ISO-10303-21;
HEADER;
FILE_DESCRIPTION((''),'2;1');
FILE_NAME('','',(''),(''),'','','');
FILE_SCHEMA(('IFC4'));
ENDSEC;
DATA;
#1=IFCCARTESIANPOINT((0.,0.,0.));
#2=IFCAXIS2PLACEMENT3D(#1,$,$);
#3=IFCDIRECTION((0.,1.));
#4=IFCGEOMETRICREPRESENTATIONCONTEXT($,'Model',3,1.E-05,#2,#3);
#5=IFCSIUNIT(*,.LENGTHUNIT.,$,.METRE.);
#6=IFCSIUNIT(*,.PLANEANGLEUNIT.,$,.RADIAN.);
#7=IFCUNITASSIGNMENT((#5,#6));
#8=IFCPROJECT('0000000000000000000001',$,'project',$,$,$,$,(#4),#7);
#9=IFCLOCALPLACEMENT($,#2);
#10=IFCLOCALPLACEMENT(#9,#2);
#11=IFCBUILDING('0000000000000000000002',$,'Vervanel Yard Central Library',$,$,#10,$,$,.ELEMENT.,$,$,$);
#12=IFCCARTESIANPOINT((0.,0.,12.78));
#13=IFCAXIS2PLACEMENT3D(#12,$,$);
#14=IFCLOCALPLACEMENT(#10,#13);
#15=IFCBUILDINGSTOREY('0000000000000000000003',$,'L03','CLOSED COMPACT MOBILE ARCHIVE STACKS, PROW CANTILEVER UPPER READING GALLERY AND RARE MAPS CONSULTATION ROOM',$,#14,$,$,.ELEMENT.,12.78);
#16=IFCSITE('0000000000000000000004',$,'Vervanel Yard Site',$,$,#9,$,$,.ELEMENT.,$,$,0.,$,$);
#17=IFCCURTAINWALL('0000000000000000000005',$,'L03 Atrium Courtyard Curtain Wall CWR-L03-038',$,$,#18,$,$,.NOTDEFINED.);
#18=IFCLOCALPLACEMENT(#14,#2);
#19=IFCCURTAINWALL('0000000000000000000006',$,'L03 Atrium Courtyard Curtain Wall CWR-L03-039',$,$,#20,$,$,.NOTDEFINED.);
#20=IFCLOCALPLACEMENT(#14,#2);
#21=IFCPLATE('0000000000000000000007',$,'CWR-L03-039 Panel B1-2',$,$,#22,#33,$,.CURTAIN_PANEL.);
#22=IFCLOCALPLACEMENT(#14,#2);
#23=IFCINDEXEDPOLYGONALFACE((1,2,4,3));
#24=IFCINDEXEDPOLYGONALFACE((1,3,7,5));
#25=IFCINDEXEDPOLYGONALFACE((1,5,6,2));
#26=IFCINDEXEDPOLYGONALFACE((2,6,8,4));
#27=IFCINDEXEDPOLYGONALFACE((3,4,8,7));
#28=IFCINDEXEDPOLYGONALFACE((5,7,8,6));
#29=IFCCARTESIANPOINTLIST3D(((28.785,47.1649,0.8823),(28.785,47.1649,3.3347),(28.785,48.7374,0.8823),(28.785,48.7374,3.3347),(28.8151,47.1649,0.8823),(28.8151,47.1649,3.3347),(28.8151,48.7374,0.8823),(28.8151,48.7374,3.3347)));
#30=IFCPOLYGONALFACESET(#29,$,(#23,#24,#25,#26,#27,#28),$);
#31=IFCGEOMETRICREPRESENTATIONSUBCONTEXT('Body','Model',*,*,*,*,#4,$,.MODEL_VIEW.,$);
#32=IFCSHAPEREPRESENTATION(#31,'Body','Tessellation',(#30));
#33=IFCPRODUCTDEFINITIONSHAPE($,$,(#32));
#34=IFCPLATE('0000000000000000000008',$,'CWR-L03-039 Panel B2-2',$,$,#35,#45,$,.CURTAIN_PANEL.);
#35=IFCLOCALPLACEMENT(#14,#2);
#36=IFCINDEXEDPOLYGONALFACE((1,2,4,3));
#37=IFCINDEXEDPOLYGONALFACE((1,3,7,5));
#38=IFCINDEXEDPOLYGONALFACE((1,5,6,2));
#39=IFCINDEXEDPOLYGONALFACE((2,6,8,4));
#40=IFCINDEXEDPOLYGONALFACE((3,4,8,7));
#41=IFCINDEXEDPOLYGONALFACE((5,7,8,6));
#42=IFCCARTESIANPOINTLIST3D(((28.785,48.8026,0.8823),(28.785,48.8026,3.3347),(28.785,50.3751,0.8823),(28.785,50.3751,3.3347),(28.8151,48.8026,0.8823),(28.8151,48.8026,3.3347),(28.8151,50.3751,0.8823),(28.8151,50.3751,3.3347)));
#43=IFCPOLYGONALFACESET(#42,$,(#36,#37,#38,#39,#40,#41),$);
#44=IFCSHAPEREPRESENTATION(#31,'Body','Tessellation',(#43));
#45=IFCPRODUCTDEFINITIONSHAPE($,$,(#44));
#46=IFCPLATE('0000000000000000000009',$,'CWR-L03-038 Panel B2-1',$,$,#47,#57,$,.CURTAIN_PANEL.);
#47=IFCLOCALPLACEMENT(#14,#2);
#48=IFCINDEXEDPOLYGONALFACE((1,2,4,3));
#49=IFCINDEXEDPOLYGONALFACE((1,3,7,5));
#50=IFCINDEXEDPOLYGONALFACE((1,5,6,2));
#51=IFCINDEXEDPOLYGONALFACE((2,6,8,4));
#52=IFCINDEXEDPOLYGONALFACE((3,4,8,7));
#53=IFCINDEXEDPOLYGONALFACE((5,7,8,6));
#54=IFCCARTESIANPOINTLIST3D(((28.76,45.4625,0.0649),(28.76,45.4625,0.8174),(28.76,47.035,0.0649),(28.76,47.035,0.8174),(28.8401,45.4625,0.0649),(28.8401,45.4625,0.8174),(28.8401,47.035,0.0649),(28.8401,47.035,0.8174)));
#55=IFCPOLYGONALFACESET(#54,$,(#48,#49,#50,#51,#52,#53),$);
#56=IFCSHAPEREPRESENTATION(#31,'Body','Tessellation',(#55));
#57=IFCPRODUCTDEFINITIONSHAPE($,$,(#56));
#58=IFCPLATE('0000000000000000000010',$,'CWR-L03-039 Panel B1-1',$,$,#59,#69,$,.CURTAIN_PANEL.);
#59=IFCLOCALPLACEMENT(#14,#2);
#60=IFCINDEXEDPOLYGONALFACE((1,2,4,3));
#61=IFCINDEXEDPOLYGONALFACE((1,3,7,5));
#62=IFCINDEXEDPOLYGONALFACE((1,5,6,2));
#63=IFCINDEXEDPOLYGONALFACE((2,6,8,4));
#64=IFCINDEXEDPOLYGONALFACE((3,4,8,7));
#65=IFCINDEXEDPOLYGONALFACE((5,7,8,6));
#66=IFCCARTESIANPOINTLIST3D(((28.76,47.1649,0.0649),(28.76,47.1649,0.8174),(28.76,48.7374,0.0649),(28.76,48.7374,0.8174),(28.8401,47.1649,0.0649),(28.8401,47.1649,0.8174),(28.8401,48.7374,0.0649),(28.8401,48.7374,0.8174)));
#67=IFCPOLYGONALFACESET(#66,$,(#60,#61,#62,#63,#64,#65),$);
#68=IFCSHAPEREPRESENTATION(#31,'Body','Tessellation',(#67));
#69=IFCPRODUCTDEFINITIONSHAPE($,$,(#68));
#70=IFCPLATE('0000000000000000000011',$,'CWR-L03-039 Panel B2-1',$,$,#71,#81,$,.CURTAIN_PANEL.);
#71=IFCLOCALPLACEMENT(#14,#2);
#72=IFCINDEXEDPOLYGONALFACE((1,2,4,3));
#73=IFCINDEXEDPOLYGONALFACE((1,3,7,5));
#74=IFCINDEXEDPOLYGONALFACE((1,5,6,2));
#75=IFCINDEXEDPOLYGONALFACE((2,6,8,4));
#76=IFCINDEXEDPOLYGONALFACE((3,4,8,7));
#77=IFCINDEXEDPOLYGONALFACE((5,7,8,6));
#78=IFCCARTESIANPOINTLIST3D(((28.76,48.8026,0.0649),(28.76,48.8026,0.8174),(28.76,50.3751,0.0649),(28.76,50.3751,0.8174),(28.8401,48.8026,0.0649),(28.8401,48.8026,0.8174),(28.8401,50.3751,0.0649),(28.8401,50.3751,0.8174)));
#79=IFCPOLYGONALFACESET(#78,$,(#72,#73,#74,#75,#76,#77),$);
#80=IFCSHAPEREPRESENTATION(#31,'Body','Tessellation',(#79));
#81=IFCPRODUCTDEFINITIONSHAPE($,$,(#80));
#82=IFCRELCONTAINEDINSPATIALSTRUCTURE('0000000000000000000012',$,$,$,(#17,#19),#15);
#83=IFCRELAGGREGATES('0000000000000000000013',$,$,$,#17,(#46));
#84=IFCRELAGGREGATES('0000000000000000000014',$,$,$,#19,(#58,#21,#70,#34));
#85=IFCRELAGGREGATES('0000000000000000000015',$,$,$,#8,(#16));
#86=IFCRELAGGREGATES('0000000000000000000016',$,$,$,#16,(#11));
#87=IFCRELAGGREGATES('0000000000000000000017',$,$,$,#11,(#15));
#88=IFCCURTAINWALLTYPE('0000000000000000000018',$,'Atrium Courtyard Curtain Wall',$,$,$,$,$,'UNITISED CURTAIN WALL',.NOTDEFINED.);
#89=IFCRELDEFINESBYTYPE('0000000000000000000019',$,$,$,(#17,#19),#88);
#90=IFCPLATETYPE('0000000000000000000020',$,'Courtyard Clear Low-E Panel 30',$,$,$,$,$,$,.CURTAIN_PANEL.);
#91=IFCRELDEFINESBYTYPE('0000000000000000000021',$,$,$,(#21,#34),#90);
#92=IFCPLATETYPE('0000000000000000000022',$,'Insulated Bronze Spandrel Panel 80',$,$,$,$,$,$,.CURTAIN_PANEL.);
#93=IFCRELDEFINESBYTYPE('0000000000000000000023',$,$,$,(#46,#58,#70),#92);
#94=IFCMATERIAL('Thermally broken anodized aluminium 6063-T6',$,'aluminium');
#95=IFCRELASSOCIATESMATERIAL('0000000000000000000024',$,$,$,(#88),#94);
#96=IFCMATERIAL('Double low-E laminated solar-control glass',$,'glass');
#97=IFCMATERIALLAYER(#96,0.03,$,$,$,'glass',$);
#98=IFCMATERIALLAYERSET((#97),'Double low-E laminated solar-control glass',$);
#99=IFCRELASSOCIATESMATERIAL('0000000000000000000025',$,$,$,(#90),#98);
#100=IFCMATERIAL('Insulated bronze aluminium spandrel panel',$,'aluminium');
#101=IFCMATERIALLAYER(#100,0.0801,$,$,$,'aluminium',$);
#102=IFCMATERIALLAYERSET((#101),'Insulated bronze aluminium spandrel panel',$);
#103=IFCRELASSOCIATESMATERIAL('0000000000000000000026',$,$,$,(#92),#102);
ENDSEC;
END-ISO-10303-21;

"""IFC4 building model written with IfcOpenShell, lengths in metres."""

from ifc_helpers import new_model, si_unit, direction, frame, origin, origin_2d, place, context, subcontext, project, spatial, rectangle, extrude, material, layer, layer_set, type_object, element, aggregate, save


model = new_model("IFC4")

# Units and contexts
model_context = context("Model", 3, precision=1e-05, world=origin(), true_north=direction((0.0, 1.0)))
body_context = subcontext(model_context, "Body", "Model", "MODEL_VIEW")
ifc_project = project(units=[si_unit("LENGTHUNIT", "METRE"), si_unit("PLANEANGLEUNIT", "RADIAN")], contexts=[model_context])

# Site, building, storey
site_placement = place(None, origin())
site = spatial("IfcSite", under=ifc_project, at=site_placement, Name="Vervanel Yard Site", CompositionType="ELEMENT", RefElevation=0.0)
building_placement = place(site_placement, origin())
building = spatial("IfcBuilding", under=site, at=building_placement, Name="Vervanel Yard Central Library", CompositionType="ELEMENT")
storey_placement = place(building_placement, frame((0.0, 0.0, 12.78)))
storey = spatial("IfcBuildingStorey", under=building, at=storey_placement, Name="L03", Description="CLOSED COMPACT MOBILE ARCHIVE STACKS, PROW CANTILEVER UPPER READING GALLERY AND RARE MAPS CONSULTATION ROOM", CompositionType="ELEMENT", Elevation=12.78)

# Curtain wall
ifc_material_1 = material(Name="Thermally broken anodized aluminium 6063-T6", Category="aluminium")
curtain_wall_type = type_object("IfcCurtainWallType", Name="Atrium Courtyard Curtain Wall", ElementType="UNITISED CURTAIN WALL", PredefinedType="NOTDEFINED", material=ifc_material_1)
curtain_wall_1_placement = place(storey_placement, origin())
curtain_wall_1 = element("IfcCurtainWall", 1, at=curtain_wall_1_placement, inside=storey, type_object=curtain_wall_type, Name="L03 Atrium Courtyard Curtain Wall CWR-L03-038", PredefinedType="NOTDEFINED")

# Curtain wall
curtain_wall_2_placement = place(storey_placement, origin())
curtain_wall_2 = element("IfcCurtainWall", 2, at=curtain_wall_2_placement, inside=storey, type_object=curtain_wall_type, Name="L03 Atrium Courtyard Curtain Wall CWR-L03-039", PredefinedType="NOTDEFINED")

# Plates
ifc_material_2 = material(Name="Double low-E laminated solar-control glass", Category="glass")
ifc_layer_1 = layer(ifc_material_2, 0.03, Category="glass")
ifc_layer_set_1 = layer_set([ifc_layer_1], Name="Double low-E laminated solar-control glass")
plate_type_1 = type_object("IfcPlateType", Name="Courtyard Clear Low-E Panel 30", PredefinedType="CURTAIN_PANEL", material=ifc_layer_set_1)
plate_1_placement = place(storey_placement, frame((28.8, 47.9512, 0.8823), z_axis=(0.0, 0.0, 1.0), x_axis=(0.0, 1.0, 0.0)))
plate_1 = element("IfcPlate", 3, at=plate_1_placement, type_object=plate_type_1, Name="CWR-L03-039 Panel B1-2", PredefinedType="CURTAIN_PANEL", context=body_context, shape_type="SweptSolid", body=[
    extrude(rectangle(XDim=1.5725, YDim=0.03, at=origin_2d()), origin(), (0.0, 0.0, 1.0), 2.4524),
])
plate_2_placement = place(storey_placement, frame((28.8, 49.5889, 0.8823), z_axis=(0.0, 0.0, 1.0), x_axis=(0.0, 1.0, 0.0)))
plate_2 = element("IfcPlate", 4, at=plate_2_placement, type_object=plate_type_1, Name="CWR-L03-039 Panel B2-2", PredefinedType="CURTAIN_PANEL", context=body_context, shape_type="SweptSolid", body=[
    extrude(rectangle(XDim=1.5725, YDim=0.03, at=origin_2d()), origin(), (0.0, 0.0, 1.0), 2.4524),
])
ifc_material_3 = material(Name="Insulated bronze aluminium spandrel panel", Category="aluminium")
ifc_layer_2 = layer(ifc_material_3, 0.0801, Category="aluminium")
ifc_layer_set_2 = layer_set([ifc_layer_2], Name="Insulated bronze aluminium spandrel panel")
plate_type_2 = type_object("IfcPlateType", Name="Insulated Bronze Spandrel Panel 80", PredefinedType="CURTAIN_PANEL", material=ifc_layer_set_2)
plate_3_placement = place(storey_placement, frame((28.8, 46.2488, 0.0649), z_axis=(0.0, 0.0, 1.0), x_axis=(0.0, 1.0, 0.0)))
plate_3 = element("IfcPlate", 5, at=plate_3_placement, type_object=plate_type_2, Name="CWR-L03-038 Panel B2-1", PredefinedType="CURTAIN_PANEL", context=body_context, shape_type="SweptSolid", body=[
    extrude(rectangle(XDim=1.5725, YDim=0.0801, at=origin_2d()), origin(), (0.0, 0.0, 1.0), 0.7524),
])
aggregate(curtain_wall_1, [plate_3])
plate_4_placement = place(storey_placement, frame((28.8, 47.9512, 0.0649), z_axis=(0.0, 0.0, 1.0), x_axis=(0.0, 1.0, 0.0)))
plate_4 = element("IfcPlate", 6, at=plate_4_placement, type_object=plate_type_2, Name="CWR-L03-039 Panel B1-1", PredefinedType="CURTAIN_PANEL", context=body_context, shape_type="SweptSolid", body=[
    extrude(rectangle(XDim=1.5725, YDim=0.0801, at=origin_2d()), origin(), (0.0, 0.0, 1.0), 0.7524),
])
plate_5_placement = place(storey_placement, frame((28.8, 49.5889, 0.0649), z_axis=(0.0, 0.0, 1.0), x_axis=(0.0, 1.0, 0.0)))
plate_5 = element("IfcPlate", 7, at=plate_5_placement, type_object=plate_type_2, Name="CWR-L03-039 Panel B2-1", PredefinedType="CURTAIN_PANEL", context=body_context, shape_type="SweptSolid", body=[
    extrude(rectangle(XDim=1.5725, YDim=0.0801, at=origin_2d()), origin(), (0.0, 0.0, 1.0), 0.7524),
])
aggregate(curtain_wall_2, [plate_4, plate_1, plate_5, plate_2])

save(model, "model.ifc")
